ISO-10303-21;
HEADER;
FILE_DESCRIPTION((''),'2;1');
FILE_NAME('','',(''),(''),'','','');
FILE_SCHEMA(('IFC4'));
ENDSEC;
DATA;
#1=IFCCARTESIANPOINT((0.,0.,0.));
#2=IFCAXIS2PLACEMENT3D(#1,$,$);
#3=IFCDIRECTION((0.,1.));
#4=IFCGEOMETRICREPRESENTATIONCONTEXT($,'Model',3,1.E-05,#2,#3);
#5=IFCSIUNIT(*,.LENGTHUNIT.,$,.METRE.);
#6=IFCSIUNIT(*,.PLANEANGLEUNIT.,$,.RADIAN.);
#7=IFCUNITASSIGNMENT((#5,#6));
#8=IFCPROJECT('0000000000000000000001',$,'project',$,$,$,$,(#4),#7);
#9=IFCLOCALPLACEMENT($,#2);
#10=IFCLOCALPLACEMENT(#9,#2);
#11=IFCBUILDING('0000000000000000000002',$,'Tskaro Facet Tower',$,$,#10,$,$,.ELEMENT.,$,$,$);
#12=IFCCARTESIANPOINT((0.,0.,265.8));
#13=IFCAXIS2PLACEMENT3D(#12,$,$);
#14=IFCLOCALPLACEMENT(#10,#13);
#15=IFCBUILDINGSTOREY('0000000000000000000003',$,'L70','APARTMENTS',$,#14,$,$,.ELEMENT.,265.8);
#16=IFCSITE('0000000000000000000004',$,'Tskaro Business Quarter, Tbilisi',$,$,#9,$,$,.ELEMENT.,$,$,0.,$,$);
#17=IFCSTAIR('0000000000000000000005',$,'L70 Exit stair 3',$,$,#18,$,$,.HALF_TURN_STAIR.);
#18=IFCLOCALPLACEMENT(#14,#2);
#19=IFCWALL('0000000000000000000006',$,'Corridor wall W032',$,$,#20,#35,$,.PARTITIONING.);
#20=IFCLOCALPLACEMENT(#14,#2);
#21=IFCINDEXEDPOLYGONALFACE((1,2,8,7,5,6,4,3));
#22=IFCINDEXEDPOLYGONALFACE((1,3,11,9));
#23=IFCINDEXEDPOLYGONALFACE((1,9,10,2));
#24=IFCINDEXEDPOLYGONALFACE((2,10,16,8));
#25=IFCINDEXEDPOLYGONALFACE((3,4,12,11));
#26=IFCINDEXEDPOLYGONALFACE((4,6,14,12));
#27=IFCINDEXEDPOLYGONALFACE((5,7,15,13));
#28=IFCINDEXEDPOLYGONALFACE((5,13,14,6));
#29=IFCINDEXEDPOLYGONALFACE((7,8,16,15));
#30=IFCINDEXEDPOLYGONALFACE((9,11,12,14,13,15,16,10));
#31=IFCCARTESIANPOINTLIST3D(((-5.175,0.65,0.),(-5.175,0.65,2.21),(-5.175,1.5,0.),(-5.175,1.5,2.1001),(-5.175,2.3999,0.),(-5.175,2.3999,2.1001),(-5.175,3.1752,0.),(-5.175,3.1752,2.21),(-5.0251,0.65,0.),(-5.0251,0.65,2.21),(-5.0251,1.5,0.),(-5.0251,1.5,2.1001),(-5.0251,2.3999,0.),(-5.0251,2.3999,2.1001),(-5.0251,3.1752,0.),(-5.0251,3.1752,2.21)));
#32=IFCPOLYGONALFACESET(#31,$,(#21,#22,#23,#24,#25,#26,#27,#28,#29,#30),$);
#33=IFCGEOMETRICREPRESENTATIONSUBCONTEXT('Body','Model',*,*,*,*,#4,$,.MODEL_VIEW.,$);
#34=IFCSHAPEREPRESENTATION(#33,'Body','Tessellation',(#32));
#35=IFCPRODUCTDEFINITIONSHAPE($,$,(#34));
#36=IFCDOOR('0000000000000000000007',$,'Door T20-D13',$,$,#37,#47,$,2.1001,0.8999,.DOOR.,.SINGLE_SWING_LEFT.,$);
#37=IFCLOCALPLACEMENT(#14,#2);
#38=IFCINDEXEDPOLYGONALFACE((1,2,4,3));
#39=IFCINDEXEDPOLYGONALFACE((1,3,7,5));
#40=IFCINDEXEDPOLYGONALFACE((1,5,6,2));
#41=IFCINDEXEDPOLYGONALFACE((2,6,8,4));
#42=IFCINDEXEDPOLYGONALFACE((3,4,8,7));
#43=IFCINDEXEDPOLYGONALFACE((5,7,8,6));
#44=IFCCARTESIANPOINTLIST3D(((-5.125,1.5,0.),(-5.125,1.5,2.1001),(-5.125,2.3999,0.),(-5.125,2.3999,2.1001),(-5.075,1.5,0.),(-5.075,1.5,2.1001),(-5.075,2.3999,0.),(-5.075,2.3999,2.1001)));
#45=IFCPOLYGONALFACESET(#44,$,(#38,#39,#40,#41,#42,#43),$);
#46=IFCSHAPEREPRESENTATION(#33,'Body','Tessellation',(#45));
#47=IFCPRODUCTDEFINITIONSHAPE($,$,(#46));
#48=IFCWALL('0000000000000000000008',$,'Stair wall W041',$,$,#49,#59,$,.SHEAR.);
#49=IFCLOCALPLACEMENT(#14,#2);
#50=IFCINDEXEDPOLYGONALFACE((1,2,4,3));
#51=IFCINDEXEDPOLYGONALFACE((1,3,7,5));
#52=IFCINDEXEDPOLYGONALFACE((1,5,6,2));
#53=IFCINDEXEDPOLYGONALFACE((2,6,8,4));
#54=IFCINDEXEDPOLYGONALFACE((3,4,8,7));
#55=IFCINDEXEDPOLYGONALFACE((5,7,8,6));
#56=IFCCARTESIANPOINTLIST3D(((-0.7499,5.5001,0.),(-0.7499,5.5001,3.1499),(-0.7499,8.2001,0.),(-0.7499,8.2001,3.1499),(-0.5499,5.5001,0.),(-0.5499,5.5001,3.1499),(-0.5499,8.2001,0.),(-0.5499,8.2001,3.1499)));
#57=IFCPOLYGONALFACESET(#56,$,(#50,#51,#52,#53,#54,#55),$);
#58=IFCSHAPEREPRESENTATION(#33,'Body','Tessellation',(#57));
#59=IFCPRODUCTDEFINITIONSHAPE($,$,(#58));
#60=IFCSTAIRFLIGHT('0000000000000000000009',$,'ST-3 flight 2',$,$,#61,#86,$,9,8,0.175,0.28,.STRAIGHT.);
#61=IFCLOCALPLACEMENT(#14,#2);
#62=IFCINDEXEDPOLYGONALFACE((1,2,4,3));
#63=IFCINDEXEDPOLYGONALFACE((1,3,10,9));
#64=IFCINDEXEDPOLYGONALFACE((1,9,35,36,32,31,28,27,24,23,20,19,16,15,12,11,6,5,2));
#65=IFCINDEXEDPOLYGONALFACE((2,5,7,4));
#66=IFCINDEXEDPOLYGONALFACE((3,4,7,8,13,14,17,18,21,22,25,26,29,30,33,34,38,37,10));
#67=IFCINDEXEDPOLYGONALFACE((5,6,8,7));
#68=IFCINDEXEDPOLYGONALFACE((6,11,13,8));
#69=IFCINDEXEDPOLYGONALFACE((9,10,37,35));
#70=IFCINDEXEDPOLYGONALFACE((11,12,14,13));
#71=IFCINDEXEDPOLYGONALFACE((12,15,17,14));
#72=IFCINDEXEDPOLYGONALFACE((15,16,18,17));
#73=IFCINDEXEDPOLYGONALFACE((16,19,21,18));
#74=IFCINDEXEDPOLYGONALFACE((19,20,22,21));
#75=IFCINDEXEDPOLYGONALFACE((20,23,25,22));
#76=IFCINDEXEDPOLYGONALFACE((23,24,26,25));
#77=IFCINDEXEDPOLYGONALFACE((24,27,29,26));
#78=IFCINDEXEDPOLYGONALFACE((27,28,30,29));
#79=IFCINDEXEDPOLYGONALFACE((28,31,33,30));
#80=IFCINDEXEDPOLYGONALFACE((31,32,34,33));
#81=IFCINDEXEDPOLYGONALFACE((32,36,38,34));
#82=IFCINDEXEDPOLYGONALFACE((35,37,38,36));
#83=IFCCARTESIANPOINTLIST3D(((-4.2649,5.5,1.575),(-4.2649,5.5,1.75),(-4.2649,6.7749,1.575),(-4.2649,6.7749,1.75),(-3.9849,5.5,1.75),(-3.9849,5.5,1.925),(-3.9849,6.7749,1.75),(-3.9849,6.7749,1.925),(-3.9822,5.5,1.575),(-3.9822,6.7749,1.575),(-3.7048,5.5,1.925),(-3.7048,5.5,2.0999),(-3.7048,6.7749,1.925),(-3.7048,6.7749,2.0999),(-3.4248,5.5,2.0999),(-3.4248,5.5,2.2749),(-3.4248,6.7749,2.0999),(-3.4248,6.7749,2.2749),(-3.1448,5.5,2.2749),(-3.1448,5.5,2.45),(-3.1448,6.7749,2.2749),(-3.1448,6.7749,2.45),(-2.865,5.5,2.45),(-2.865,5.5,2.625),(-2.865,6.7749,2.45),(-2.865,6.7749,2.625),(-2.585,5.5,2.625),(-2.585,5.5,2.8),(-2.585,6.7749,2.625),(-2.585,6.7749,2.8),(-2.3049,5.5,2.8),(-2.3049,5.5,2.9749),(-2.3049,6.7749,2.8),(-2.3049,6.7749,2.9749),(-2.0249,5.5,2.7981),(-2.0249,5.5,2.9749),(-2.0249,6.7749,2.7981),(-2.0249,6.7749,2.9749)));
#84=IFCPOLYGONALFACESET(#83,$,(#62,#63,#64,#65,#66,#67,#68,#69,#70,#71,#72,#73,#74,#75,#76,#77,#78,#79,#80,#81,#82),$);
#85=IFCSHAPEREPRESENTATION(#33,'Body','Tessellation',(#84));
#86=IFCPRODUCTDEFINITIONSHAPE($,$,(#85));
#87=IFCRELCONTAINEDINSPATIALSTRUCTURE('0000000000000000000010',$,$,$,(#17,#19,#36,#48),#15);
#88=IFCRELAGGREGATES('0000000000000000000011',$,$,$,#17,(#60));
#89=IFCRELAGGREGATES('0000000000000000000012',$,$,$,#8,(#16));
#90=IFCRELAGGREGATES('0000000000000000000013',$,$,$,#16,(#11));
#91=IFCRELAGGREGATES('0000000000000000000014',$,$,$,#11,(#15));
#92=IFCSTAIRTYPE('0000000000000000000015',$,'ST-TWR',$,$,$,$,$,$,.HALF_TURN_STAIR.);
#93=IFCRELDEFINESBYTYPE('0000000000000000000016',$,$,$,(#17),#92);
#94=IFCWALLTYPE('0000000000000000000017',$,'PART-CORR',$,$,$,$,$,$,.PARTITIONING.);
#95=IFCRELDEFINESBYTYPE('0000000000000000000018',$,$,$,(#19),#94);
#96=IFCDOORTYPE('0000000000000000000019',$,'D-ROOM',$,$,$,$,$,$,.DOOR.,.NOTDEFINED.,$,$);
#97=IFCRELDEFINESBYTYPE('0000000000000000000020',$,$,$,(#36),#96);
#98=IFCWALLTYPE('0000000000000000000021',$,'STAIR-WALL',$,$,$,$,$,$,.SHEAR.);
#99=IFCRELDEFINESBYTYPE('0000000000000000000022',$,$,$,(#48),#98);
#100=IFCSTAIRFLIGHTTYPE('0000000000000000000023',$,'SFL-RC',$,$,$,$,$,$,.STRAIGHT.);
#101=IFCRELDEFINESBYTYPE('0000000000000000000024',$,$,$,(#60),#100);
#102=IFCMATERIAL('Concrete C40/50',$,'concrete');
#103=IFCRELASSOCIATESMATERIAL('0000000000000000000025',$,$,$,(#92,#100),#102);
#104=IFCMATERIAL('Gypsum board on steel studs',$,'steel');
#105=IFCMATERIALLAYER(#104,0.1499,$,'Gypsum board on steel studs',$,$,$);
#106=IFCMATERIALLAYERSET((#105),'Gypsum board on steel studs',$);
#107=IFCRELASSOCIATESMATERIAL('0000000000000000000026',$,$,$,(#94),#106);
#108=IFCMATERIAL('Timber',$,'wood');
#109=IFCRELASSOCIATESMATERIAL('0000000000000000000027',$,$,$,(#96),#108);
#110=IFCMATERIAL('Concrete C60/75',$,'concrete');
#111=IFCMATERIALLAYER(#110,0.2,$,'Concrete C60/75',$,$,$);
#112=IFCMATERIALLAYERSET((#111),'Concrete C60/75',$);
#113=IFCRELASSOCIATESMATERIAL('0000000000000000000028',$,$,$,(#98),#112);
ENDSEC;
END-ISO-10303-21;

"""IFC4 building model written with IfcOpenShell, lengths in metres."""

from ifc_helpers import new_model, si_unit, direction, frame, frame_2d, origin, place, context, subcontext, project, spatial, polyline, rectangle, outline, extrude, material, layer, layer_set, type_object, element, fill, aggregate, save


model = new_model("IFC4")

# Units and contexts
model_context = context("Model", 3, precision=1e-05, world=origin(), true_north=direction((0.0, 1.0)))
body_context = subcontext(model_context, "Body", "Model", "MODEL_VIEW")
ifc_project = project(units=[si_unit("LENGTHUNIT", "METRE"), si_unit("PLANEANGLEUNIT", "RADIAN")], contexts=[model_context])

# Site, building, storey
site_placement = place(None, origin())
site = spatial("IfcSite", under=ifc_project, at=site_placement, Name="Tskaro Business Quarter, Tbilisi", CompositionType="ELEMENT", RefElevation=0.0)
building_placement = place(site_placement, origin())
building = spatial("IfcBuilding", under=site, at=building_placement, Name="Tskaro Facet Tower", CompositionType="ELEMENT")
storey_placement = place(building_placement, frame((0.0, 0.0, 265.8)))
storey = spatial("IfcBuildingStorey", under=building, at=storey_placement, Name="L70", Description="APARTMENTS", CompositionType="ELEMENT", Elevation=265.8)

# Stair
ifc_material_1 = material(Name="Concrete C40/50", Category="concrete")
stair_type = type_object("IfcStairType", Name="ST-TWR", PredefinedType="HALF_TURN_STAIR", material=ifc_material_1)
stair_1_placement = place(storey_placement, origin())
stair_1 = element("IfcStair", 1, at=stair_1_placement, inside=storey, type_object=stair_type, Name="L70 Exit stair 3", PredefinedType="HALF_TURN_STAIR")

# Shared definitions
ifc_material_2 = material(Name="Concrete C60/75", Category="concrete")

# Wall, opening, door
ifc_material_3 = material(Name="Gypsum board on steel studs", Category="steel")
ifc_layer_1 = layer(ifc_material_3, 0.1499, Name="Gypsum board on steel studs")
ifc_layer_set_1 = layer_set([ifc_layer_1], Name="Gypsum board on steel studs")
wall_type_1 = type_object("IfcWallType", Name="PART-CORR", PredefinedType="PARTITIONING", material=ifc_layer_set_1)
wall_1_placement = place(storey_placement, frame((-5.1001, 0.6499, 0.0), z_axis=(0.0, 0.0, 1.0), x_axis=(0.0, 1.0, 0.0)))
wall_1 = element("IfcWall", 2, at=wall_1_placement, inside=storey, type_object=wall_type_1, Name="Corridor wall W032", PredefinedType="PARTITIONING", context=body_context, shape_type="SweptSolid", body=[
    extrude(rectangle(XDim=2.5251, YDim=0.1499, at=frame_2d((1.2627, 0.0))), origin(), (0.0, 0.0, 1.0), 2.21),
])
opening_placement = place(wall_1_placement, frame((0.8501, 0.0, 0.0)))
opening = element("IfcOpeningElement", 3, at=opening_placement, cuts=wall_1, PredefinedType="OPENING", context=body_context, shape_type="SweptSolid", body=[
    extrude(rectangle(XDim=0.8999, YDim=2.1001, at=frame_2d((0.45, 1.05))), frame((0.0, 0.085, 0.0), z_axis=(0.0, -1.0, 0.0), x_axis=(1.0, 0.0, 0.0)), (0.0, 0.0, 1.0), 0.1699),
])
ifc_material_4 = material(Name="Timber", Category="wood")
door_type = type_object("IfcDoorType", Name="D-ROOM", OperationType="NOTDEFINED", PredefinedType="DOOR", material=ifc_material_4)
door_placement = place(opening_placement, origin())
door = element("IfcDoor", 4, at=door_placement, inside=storey, type_object=door_type, Name="Door T20-D13", OperationType="SINGLE_SWING_LEFT", OverallHeight=2.1001, OverallWidth=0.8999, PredefinedType="DOOR", context=body_context, shape_type="SweptSolid", body=[
    extrude(rectangle(XDim=0.8999, YDim=2.1001, at=frame_2d((0.45, 1.05))), frame((0.0, 0.0249, 0.0), z_axis=(0.0, -1.0, 0.0), x_axis=(1.0, 0.0, 0.0)), (0.0, 0.0, 1.0), 0.05),
])
fill(opening, door)

# Wall
ifc_layer_2 = layer(ifc_material_2, 0.2, Name="Concrete C60/75")
ifc_layer_set_2 = layer_set([ifc_layer_2], Name="Concrete C60/75")
wall_type_2 = type_object("IfcWallType", Name="STAIR-WALL", PredefinedType="SHEAR", material=ifc_layer_set_2)
wall_2_placement = place(storey_placement, frame((-0.6499, 5.5, 0.0), z_axis=(0.0, 0.0, 1.0), x_axis=(0.0, 1.0, 0.0)))
element("IfcWall", 5, at=wall_2_placement, inside=storey, type_object=wall_type_2, Name="Stair wall W041", PredefinedType="SHEAR", context=body_context, shape_type="SweptSolid", body=[
    extrude(rectangle(XDim=2.7, YDim=0.2, at=frame_2d((1.3501, 0.0))), origin(), (0.0, 0.0, 1.0), 3.1499),
])

# Stair flight
stair_flight_type = type_object("IfcStairFlightType", Name="SFL-RC", PredefinedType="STRAIGHT", material=ifc_material_1)
stair_flight_placement = place(storey_placement, frame((-4.2649, 6.1375, 1.575), z_axis=(0.0, 0.0, 1.0), x_axis=(1.0, 0.0, 0.0)))
stair_flight = element("IfcStairFlight", 6, at=stair_flight_placement, type_object=stair_flight_type, Name="ST-3 flight 2", NumberOfRisers=9, NumberOfTreads=8, PredefinedType="STRAIGHT", RiserHeight=0.175, TreadLength=0.28, context=body_context, shape_type="SweptSolid", body=[
    extrude(outline(polyline([(0.0, 0.0), (0.0, 0.175), (0.28, 0.175), (0.28, 0.3501), (0.5601, 0.3501), (0.5601, 0.5249), (0.8401, 0.5249), (0.8401, 0.7), (1.1201, 0.7), (1.1201, 0.875), (1.3999, 0.875), (1.3999, 1.05), (1.6799, 1.05), (1.6799, 1.2251), (1.96, 1.2251), (1.96, 1.3999), (2.24, 1.3999), (2.24, 1.575), (2.24, 1.2231), (0.2827, 0.0), (0.0, 0.0)])), frame((0.0, 0.6375, 0.0), z_axis=(0.0, -1.0, 0.0), x_axis=(1.0, 0.0, 0.0)), (0.0, 0.0, 1.0), 1.2749),
])
aggregate(stair_1, [stair_flight])

save(model, "model.ifc")
